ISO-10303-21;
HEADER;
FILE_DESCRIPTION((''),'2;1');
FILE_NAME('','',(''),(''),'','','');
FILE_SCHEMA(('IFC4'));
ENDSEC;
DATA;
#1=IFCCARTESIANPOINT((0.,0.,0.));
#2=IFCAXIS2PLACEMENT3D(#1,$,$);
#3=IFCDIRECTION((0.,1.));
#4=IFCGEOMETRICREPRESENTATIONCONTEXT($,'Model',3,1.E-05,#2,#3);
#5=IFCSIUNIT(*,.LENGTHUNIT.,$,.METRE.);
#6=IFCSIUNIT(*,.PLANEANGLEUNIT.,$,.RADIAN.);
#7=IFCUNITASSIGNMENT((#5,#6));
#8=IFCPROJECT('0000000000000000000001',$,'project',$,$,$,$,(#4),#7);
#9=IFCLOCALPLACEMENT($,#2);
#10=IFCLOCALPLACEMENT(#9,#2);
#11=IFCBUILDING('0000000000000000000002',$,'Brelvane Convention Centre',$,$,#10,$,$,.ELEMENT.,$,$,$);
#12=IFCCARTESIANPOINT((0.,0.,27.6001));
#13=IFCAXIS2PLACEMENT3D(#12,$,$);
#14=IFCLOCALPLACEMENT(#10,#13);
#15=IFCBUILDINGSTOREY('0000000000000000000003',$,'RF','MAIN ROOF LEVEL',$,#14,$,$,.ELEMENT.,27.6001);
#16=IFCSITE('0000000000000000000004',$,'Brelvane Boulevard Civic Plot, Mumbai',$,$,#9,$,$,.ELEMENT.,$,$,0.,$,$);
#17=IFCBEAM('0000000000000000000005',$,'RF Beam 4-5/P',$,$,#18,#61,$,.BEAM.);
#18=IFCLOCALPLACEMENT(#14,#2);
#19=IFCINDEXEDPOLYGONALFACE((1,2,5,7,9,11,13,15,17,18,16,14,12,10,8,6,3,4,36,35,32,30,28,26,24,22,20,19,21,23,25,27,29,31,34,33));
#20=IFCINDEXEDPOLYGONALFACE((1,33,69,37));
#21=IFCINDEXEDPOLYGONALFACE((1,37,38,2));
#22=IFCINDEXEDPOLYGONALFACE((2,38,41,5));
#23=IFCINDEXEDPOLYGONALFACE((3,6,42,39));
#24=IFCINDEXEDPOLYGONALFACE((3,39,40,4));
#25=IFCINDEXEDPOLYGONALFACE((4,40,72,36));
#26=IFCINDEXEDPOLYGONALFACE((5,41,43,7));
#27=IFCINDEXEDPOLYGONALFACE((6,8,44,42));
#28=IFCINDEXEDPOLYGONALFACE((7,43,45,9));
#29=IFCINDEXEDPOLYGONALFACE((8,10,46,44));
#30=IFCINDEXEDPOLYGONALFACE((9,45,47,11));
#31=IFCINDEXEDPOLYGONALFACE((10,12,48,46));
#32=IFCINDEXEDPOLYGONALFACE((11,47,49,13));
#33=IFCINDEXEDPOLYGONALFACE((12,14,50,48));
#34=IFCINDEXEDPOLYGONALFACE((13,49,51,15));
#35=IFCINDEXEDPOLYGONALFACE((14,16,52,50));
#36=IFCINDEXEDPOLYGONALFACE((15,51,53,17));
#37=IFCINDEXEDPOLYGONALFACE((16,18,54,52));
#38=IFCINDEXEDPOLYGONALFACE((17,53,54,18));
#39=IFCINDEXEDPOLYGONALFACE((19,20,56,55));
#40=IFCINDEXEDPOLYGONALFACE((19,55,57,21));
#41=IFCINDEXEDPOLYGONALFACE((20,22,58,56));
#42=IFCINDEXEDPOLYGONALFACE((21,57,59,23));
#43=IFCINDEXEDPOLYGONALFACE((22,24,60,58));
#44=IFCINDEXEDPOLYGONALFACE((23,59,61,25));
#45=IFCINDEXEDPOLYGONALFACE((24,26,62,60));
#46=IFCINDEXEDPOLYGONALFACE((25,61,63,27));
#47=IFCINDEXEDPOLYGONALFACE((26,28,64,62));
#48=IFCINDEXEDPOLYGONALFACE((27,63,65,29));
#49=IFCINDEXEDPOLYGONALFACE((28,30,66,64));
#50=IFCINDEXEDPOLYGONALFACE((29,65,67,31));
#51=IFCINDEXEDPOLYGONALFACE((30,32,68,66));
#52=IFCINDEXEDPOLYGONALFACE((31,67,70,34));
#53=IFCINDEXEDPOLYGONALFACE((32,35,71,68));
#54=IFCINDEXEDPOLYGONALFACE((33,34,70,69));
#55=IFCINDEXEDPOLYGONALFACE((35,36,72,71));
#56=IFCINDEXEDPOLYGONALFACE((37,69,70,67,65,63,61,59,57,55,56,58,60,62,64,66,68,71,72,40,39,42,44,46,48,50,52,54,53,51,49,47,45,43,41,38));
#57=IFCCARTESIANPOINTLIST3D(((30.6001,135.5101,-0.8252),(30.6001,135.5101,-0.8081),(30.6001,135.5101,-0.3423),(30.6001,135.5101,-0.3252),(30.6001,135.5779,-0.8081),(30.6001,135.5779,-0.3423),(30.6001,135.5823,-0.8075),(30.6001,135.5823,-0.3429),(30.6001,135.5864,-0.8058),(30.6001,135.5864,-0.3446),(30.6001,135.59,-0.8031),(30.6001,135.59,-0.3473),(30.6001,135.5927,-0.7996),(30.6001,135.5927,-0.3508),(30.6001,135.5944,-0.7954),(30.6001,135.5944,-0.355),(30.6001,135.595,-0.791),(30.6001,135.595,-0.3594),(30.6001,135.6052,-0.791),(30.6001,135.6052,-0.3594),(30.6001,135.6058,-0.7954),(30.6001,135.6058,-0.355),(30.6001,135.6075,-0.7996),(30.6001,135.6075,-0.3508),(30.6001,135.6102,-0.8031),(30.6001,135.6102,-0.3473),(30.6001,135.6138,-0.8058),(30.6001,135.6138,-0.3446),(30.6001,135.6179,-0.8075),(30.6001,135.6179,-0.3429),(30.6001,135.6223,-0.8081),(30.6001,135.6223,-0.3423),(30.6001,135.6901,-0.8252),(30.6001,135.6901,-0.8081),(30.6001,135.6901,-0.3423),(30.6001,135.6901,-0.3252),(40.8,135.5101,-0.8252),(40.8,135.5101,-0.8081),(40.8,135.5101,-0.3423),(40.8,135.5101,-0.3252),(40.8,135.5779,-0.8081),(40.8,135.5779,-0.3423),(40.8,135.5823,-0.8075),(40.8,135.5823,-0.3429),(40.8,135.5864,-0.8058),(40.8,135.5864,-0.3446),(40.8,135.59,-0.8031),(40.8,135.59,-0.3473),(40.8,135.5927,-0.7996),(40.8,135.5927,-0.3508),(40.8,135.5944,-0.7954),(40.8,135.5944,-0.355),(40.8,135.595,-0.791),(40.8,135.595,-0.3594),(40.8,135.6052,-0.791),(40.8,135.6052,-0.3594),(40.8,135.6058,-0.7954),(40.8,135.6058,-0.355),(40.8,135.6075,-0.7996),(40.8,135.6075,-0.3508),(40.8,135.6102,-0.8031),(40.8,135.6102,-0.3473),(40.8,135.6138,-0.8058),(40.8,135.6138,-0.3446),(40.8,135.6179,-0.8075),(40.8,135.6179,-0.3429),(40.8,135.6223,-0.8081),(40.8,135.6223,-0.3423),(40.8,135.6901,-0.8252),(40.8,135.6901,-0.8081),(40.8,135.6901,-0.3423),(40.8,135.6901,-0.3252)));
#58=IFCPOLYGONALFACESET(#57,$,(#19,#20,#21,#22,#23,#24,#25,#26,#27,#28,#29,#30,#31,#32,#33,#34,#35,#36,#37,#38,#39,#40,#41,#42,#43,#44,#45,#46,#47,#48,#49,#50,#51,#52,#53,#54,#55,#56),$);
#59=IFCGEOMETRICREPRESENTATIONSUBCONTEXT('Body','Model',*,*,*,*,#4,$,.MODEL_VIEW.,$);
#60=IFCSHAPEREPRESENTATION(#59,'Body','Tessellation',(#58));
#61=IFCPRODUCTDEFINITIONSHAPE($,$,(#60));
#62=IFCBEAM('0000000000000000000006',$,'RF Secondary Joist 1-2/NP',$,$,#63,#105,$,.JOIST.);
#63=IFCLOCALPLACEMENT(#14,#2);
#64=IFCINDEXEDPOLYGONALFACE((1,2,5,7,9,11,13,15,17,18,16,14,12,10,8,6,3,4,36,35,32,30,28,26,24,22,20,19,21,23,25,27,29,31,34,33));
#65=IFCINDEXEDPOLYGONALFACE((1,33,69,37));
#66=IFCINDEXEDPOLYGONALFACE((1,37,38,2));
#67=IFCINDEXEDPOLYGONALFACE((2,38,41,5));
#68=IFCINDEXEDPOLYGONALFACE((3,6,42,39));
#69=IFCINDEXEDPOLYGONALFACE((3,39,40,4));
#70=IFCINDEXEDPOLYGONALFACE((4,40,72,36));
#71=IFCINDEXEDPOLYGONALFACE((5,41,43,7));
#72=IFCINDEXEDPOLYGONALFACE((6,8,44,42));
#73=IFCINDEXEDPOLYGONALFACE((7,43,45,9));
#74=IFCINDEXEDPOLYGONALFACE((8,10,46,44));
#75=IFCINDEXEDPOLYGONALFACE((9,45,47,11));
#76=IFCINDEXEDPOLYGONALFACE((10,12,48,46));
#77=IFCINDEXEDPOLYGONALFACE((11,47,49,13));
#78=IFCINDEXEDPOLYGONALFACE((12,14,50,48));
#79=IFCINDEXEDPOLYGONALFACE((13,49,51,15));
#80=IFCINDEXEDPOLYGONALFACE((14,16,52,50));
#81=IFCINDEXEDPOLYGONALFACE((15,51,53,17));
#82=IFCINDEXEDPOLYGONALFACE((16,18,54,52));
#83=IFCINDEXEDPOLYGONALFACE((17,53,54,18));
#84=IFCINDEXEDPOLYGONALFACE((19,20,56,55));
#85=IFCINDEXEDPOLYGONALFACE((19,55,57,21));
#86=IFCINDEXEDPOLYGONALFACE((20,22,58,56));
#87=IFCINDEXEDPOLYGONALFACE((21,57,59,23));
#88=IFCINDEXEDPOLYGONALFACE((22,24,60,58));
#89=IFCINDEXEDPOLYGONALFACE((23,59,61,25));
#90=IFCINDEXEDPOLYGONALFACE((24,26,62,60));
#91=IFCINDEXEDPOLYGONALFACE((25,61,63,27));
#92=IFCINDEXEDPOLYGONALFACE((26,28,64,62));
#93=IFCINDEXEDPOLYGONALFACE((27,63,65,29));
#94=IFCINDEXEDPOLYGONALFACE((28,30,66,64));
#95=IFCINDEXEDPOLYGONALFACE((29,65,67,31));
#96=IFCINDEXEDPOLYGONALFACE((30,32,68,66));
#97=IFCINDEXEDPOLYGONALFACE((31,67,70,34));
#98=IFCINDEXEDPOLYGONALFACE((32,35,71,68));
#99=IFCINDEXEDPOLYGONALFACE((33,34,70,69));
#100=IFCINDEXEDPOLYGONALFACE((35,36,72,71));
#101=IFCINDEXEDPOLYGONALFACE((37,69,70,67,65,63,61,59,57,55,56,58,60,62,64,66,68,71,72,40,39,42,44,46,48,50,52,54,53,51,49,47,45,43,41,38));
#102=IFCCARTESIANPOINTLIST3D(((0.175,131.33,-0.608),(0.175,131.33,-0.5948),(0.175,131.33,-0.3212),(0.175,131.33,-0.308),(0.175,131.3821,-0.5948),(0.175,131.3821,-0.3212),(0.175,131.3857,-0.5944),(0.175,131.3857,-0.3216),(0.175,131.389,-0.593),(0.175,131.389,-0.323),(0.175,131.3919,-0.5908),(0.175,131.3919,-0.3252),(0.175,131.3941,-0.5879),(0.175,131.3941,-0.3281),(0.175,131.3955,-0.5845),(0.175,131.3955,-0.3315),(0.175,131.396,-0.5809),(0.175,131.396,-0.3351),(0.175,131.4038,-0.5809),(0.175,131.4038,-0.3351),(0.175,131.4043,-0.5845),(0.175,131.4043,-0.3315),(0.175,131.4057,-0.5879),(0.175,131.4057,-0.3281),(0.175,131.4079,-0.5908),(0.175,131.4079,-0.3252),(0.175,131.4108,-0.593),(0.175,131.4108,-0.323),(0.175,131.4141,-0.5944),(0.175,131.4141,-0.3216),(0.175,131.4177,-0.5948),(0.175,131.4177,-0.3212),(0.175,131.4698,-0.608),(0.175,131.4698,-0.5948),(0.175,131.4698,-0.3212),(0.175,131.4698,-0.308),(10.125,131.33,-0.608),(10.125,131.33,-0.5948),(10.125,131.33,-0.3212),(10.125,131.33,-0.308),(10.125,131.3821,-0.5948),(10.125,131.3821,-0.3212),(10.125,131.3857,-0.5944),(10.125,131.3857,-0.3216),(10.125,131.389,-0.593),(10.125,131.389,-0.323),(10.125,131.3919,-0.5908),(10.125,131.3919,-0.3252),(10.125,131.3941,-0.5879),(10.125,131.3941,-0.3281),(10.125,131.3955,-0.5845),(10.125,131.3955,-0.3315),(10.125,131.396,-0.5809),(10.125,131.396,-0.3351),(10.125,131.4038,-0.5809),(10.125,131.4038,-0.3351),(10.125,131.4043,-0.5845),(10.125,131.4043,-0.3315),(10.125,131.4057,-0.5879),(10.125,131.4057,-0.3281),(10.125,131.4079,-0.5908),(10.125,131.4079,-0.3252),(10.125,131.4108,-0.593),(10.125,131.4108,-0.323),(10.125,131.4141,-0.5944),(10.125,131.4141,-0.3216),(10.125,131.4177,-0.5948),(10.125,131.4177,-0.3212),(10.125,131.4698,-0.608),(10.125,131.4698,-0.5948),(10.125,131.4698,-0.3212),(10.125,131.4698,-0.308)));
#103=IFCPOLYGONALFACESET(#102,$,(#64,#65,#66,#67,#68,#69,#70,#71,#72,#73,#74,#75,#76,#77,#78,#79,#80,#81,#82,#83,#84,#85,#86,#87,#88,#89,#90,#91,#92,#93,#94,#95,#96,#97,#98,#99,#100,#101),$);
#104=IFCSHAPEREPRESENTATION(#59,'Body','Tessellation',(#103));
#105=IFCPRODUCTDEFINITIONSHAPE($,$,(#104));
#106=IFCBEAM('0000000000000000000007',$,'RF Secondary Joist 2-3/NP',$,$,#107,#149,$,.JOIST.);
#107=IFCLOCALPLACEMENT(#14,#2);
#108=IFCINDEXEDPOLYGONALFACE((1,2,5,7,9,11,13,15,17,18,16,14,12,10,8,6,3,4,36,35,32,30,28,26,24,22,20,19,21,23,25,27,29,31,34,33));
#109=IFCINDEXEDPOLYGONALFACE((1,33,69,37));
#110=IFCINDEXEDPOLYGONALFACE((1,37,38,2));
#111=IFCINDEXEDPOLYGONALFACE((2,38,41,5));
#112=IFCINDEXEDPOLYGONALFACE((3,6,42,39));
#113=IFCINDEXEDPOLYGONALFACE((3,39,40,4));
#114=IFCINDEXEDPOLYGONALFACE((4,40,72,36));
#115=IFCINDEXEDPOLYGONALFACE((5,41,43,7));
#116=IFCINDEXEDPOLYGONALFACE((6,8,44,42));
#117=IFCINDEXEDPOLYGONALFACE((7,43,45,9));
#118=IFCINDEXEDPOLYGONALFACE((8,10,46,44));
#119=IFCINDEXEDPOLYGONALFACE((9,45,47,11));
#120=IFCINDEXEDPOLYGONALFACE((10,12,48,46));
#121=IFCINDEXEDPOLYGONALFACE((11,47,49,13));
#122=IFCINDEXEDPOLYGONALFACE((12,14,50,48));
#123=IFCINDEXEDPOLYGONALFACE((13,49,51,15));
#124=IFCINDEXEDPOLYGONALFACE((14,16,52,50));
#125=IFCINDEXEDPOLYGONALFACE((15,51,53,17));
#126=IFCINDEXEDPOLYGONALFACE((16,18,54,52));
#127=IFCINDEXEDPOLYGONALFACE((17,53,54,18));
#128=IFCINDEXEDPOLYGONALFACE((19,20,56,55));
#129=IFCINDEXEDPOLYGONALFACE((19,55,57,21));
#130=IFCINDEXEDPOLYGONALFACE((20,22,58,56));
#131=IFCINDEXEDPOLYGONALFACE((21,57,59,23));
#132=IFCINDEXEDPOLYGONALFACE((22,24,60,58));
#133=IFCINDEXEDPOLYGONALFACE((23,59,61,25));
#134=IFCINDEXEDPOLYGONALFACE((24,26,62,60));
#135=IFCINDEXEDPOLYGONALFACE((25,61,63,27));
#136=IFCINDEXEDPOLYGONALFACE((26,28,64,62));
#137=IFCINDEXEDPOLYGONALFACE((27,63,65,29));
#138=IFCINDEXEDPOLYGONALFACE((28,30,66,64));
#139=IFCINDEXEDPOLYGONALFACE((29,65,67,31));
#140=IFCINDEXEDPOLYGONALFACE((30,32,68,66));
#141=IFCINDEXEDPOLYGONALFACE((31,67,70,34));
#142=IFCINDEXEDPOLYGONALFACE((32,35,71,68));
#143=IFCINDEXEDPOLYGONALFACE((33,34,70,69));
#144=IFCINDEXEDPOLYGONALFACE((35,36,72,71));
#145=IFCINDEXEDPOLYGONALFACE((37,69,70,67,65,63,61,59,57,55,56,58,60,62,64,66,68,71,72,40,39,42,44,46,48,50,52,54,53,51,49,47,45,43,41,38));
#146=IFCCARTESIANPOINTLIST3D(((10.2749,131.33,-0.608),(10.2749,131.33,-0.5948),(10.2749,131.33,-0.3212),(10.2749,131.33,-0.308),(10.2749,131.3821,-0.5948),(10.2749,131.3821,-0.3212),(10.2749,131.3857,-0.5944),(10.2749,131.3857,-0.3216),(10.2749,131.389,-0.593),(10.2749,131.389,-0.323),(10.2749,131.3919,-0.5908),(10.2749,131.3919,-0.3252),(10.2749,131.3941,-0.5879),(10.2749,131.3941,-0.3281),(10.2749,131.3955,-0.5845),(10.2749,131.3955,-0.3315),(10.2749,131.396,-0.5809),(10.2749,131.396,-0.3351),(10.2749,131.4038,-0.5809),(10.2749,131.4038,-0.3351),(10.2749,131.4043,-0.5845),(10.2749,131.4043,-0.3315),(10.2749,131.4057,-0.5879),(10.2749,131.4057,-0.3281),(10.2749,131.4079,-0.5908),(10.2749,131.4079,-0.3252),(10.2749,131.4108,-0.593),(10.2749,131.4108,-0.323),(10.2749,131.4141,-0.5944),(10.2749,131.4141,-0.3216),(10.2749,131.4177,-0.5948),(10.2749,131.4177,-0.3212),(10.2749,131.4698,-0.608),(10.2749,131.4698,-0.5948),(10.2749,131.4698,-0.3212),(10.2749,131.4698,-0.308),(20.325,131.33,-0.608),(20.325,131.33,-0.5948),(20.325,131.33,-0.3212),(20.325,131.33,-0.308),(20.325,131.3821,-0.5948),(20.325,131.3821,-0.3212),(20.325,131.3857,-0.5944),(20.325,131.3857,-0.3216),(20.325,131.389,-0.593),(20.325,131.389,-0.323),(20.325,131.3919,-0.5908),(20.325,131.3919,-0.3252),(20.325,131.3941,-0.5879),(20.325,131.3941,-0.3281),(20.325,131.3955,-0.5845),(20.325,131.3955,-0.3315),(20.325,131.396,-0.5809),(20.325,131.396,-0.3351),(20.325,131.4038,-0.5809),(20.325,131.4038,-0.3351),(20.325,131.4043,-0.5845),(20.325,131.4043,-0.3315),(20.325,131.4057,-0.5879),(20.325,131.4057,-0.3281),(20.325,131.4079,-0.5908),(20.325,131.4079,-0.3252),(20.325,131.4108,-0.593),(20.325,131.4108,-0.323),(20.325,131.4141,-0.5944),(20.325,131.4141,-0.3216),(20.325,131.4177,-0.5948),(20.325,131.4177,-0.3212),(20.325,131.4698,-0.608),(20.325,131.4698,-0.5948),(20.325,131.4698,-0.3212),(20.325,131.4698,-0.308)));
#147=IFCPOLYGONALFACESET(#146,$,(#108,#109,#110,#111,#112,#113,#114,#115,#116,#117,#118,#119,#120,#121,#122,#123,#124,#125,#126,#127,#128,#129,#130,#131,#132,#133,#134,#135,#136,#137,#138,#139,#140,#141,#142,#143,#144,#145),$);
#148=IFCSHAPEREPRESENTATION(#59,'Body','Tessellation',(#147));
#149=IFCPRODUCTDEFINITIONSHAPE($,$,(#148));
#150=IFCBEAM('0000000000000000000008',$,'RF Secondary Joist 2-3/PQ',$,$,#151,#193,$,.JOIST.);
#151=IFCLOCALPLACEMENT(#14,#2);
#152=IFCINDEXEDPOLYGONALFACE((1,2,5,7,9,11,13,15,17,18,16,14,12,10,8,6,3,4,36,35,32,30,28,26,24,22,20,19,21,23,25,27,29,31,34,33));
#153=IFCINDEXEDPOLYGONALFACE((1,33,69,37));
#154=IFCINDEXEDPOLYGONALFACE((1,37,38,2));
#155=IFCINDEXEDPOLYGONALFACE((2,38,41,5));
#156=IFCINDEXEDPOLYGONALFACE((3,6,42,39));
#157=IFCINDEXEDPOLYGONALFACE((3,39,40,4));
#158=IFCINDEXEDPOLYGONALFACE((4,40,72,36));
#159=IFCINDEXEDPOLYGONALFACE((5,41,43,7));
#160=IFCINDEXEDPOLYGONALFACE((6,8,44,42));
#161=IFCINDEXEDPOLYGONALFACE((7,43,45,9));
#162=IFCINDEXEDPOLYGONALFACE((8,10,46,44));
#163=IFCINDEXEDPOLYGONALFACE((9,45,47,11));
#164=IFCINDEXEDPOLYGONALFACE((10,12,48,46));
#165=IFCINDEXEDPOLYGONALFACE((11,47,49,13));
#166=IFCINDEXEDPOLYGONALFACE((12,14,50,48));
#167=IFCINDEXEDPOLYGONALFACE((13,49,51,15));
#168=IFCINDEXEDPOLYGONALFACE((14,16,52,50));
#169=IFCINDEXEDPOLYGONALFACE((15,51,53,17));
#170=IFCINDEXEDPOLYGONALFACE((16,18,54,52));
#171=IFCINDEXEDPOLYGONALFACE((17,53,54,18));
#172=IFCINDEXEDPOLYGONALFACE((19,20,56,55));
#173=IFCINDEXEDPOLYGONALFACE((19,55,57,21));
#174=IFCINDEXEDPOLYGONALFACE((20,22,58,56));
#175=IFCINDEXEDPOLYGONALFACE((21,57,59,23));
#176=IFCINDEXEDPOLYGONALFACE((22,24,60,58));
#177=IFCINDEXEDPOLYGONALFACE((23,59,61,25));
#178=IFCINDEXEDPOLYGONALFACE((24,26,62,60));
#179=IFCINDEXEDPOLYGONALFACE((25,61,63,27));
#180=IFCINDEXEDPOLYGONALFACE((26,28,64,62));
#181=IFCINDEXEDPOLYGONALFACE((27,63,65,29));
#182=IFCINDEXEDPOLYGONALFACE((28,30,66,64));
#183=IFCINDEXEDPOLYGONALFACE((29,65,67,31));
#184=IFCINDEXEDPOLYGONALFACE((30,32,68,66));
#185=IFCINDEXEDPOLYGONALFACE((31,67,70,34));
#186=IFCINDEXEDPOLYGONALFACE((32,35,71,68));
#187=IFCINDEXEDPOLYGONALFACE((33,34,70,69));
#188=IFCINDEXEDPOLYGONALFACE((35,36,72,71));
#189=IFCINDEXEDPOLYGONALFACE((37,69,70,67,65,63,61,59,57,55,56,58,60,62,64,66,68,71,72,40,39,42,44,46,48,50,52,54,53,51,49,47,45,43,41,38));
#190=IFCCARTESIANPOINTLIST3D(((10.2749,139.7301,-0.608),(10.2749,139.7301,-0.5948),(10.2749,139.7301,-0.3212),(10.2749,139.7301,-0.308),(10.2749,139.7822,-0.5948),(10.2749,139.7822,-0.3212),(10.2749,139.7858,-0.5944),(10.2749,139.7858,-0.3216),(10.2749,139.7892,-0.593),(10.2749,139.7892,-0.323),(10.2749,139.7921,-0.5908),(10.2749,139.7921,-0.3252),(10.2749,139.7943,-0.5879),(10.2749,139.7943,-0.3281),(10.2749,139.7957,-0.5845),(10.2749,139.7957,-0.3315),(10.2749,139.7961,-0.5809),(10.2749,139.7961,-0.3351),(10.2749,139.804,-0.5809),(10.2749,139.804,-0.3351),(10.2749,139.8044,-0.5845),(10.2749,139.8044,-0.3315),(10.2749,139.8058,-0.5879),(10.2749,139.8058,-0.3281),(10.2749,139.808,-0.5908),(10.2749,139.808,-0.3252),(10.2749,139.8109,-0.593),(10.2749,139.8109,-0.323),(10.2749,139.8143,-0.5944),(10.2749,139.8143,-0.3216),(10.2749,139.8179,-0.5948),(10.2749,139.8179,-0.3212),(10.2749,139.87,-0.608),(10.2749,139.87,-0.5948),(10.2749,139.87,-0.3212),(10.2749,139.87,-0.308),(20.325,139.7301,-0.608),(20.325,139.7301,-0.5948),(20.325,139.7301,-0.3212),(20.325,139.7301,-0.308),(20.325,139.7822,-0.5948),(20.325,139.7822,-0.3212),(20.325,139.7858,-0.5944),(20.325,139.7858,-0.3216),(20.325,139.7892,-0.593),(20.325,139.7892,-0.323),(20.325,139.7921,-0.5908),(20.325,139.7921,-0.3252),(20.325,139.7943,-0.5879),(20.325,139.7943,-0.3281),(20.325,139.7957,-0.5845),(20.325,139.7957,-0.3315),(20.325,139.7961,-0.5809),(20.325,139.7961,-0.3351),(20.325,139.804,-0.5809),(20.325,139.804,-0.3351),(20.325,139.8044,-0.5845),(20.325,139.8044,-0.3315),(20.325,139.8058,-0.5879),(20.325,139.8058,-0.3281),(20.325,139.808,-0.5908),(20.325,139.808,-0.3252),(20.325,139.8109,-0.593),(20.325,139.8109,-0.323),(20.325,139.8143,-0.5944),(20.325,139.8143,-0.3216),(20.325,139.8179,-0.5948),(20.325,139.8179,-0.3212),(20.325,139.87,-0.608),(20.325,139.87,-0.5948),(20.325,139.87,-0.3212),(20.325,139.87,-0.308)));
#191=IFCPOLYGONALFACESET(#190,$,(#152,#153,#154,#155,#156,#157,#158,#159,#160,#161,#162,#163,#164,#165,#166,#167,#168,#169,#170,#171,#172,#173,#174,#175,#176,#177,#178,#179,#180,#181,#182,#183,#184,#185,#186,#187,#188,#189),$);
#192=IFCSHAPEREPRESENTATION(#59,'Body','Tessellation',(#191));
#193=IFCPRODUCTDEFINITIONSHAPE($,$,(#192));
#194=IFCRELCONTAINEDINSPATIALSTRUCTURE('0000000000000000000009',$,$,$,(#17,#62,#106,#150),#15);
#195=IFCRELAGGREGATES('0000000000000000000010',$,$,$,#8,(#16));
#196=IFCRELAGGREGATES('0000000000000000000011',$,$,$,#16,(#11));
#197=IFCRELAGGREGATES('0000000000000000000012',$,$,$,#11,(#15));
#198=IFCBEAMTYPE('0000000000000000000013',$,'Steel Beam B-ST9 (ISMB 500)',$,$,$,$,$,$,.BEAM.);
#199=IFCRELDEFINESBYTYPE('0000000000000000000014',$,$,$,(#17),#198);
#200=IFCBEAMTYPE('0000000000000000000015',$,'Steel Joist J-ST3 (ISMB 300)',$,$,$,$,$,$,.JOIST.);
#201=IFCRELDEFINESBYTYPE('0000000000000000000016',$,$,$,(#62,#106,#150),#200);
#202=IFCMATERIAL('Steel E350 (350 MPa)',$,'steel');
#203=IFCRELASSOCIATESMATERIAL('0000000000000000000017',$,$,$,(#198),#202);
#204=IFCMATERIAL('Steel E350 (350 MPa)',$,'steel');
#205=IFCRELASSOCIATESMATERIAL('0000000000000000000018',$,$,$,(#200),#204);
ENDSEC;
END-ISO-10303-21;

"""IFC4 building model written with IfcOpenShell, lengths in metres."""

from ifc_helpers import new_model, si_unit, direction, frame, origin, origin_2d, place, context, subcontext, project, spatial, i_section, extrude, material, material_profile, profile_set, type_object, element, save


model = new_model("IFC4")

# Units and contexts
model_context = context("Model", 3, precision=1e-05, world=origin(), true_north=direction((0.0, 1.0)))
body_context = subcontext(model_context, "Body", "Model", "MODEL_VIEW")
ifc_project = project(units=[si_unit("LENGTHUNIT", "METRE"), si_unit("PLANEANGLEUNIT", "RADIAN")], contexts=[model_context])

# Site, building, storey
site_placement = place(None, origin())
site = spatial("IfcSite", under=ifc_project, at=site_placement, Name="Brelvane Boulevard Civic Plot, Mumbai", CompositionType="ELEMENT", RefElevation=0.0)
building_placement = place(site_placement, origin())
building = spatial("IfcBuilding", under=site, at=building_placement, Name="Brelvane Convention Centre", CompositionType="ELEMENT")
storey_placement = place(building_placement, frame((0.0, 0.0, 27.6001)))
storey = spatial("IfcBuildingStorey", under=building, at=storey_placement, Name="RF", Description="MAIN ROOF LEVEL", CompositionType="ELEMENT", Elevation=27.6001)

# Beams
ifc_material_1 = material(Name="Steel E350 (350 MPa)", Category="steel")
ifc_material_profile_1 = material_profile(ifc_material_1, i_section(OverallWidth=0.1799, OverallDepth=0.5, WebThickness=0.0103, FlangeThickness=0.0171, FilletRadius=0.0171, at=origin_2d()), Name="ISMB 500")
ifc_profile_set_1 = profile_set([ifc_material_profile_1], Name="Steel E350 (350 MPa)")
beam_type_1 = type_object("IfcBeamType", Name="Steel Beam B-ST9 (ISMB 500)", PredefinedType="BEAM", material=ifc_profile_set_1)
for number, where, z_axis, x_axis, name in (
    (1, (30.6001, 135.6001, -0.5752), (1.0, 0.0, 0.0), (0.0, 1.0, 0.0), "RF Beam 4-5/P"),
):
    element("IfcBeam", number, at=place(storey_placement, frame(where, z_axis=z_axis, x_axis=x_axis)), inside=storey, type_object=beam_type_1, Name=name, PredefinedType="BEAM", context=body_context, shape_type="SweptSolid", body=[
        extrude(i_section(OverallWidth=0.1799, OverallDepth=0.5, WebThickness=0.0103, FlangeThickness=0.0171, FilletRadius=0.0171, at=origin_2d()), origin(), (0.0, 0.0, 1.0), 10.2),
    ])
ifc_material_2 = material(Name="Steel E350 (350 MPa)", Category="steel")
ifc_material_profile_2 = material_profile(ifc_material_2, i_section(OverallWidth=0.1399, OverallDepth=0.3, WebThickness=0.0078, FlangeThickness=0.0132, FilletRadius=0.0139, at=origin_2d()), Name="ISMB 300")
ifc_profile_set_2 = profile_set([ifc_material_profile_2], Name="Steel E350 (350 MPa)")
beam_type_2 = type_object("IfcBeamType", Name="Steel Joist J-ST3 (ISMB 300)", PredefinedType="JOIST", material=ifc_profile_set_2)
beam_1_placement = place(storey_placement, frame((0.175, 131.3999, -0.458), z_axis=(1.0, 0.0, 0.0), x_axis=(0.0, 1.0, 0.0)))
element("IfcBeam", 2, at=beam_1_placement, inside=storey, type_object=beam_type_2, Name="RF Secondary Joist 1-2/NP", PredefinedType="JOIST", context=body_context, shape_type="SweptSolid", body=[
    extrude(i_section(OverallWidth=0.1399, OverallDepth=0.3, WebThickness=0.0078, FlangeThickness=0.0132, FilletRadius=0.0139, at=origin_2d()), origin(), (0.0, 0.0, 1.0), 9.95),
])
for number, where, z_axis, x_axis, name in (
    (3, (10.2749, 131.3999, -0.458), (1.0, 0.0, 0.0), (0.0, 1.0, 0.0), "RF Secondary Joist 2-3/NP"),
    (4, (10.2749, 139.8, -0.458), (1.0, 0.0, 0.0), (0.0, 1.0, 0.0), "RF Secondary Joist 2-3/PQ"),
):
    element("IfcBeam", number, at=place(storey_placement, frame(where, z_axis=z_axis, x_axis=x_axis)), inside=storey, type_object=beam_type_2, Name=name, PredefinedType="JOIST", context=body_context, shape_type="SweptSolid", body=[
        extrude(i_section(OverallWidth=0.1399, OverallDepth=0.3, WebThickness=0.0078, FlangeThickness=0.0132, FilletRadius=0.0139, at=origin_2d()), origin(), (0.0, 0.0, 1.0), 10.05),
    ])

save(model, "model.ifc")
